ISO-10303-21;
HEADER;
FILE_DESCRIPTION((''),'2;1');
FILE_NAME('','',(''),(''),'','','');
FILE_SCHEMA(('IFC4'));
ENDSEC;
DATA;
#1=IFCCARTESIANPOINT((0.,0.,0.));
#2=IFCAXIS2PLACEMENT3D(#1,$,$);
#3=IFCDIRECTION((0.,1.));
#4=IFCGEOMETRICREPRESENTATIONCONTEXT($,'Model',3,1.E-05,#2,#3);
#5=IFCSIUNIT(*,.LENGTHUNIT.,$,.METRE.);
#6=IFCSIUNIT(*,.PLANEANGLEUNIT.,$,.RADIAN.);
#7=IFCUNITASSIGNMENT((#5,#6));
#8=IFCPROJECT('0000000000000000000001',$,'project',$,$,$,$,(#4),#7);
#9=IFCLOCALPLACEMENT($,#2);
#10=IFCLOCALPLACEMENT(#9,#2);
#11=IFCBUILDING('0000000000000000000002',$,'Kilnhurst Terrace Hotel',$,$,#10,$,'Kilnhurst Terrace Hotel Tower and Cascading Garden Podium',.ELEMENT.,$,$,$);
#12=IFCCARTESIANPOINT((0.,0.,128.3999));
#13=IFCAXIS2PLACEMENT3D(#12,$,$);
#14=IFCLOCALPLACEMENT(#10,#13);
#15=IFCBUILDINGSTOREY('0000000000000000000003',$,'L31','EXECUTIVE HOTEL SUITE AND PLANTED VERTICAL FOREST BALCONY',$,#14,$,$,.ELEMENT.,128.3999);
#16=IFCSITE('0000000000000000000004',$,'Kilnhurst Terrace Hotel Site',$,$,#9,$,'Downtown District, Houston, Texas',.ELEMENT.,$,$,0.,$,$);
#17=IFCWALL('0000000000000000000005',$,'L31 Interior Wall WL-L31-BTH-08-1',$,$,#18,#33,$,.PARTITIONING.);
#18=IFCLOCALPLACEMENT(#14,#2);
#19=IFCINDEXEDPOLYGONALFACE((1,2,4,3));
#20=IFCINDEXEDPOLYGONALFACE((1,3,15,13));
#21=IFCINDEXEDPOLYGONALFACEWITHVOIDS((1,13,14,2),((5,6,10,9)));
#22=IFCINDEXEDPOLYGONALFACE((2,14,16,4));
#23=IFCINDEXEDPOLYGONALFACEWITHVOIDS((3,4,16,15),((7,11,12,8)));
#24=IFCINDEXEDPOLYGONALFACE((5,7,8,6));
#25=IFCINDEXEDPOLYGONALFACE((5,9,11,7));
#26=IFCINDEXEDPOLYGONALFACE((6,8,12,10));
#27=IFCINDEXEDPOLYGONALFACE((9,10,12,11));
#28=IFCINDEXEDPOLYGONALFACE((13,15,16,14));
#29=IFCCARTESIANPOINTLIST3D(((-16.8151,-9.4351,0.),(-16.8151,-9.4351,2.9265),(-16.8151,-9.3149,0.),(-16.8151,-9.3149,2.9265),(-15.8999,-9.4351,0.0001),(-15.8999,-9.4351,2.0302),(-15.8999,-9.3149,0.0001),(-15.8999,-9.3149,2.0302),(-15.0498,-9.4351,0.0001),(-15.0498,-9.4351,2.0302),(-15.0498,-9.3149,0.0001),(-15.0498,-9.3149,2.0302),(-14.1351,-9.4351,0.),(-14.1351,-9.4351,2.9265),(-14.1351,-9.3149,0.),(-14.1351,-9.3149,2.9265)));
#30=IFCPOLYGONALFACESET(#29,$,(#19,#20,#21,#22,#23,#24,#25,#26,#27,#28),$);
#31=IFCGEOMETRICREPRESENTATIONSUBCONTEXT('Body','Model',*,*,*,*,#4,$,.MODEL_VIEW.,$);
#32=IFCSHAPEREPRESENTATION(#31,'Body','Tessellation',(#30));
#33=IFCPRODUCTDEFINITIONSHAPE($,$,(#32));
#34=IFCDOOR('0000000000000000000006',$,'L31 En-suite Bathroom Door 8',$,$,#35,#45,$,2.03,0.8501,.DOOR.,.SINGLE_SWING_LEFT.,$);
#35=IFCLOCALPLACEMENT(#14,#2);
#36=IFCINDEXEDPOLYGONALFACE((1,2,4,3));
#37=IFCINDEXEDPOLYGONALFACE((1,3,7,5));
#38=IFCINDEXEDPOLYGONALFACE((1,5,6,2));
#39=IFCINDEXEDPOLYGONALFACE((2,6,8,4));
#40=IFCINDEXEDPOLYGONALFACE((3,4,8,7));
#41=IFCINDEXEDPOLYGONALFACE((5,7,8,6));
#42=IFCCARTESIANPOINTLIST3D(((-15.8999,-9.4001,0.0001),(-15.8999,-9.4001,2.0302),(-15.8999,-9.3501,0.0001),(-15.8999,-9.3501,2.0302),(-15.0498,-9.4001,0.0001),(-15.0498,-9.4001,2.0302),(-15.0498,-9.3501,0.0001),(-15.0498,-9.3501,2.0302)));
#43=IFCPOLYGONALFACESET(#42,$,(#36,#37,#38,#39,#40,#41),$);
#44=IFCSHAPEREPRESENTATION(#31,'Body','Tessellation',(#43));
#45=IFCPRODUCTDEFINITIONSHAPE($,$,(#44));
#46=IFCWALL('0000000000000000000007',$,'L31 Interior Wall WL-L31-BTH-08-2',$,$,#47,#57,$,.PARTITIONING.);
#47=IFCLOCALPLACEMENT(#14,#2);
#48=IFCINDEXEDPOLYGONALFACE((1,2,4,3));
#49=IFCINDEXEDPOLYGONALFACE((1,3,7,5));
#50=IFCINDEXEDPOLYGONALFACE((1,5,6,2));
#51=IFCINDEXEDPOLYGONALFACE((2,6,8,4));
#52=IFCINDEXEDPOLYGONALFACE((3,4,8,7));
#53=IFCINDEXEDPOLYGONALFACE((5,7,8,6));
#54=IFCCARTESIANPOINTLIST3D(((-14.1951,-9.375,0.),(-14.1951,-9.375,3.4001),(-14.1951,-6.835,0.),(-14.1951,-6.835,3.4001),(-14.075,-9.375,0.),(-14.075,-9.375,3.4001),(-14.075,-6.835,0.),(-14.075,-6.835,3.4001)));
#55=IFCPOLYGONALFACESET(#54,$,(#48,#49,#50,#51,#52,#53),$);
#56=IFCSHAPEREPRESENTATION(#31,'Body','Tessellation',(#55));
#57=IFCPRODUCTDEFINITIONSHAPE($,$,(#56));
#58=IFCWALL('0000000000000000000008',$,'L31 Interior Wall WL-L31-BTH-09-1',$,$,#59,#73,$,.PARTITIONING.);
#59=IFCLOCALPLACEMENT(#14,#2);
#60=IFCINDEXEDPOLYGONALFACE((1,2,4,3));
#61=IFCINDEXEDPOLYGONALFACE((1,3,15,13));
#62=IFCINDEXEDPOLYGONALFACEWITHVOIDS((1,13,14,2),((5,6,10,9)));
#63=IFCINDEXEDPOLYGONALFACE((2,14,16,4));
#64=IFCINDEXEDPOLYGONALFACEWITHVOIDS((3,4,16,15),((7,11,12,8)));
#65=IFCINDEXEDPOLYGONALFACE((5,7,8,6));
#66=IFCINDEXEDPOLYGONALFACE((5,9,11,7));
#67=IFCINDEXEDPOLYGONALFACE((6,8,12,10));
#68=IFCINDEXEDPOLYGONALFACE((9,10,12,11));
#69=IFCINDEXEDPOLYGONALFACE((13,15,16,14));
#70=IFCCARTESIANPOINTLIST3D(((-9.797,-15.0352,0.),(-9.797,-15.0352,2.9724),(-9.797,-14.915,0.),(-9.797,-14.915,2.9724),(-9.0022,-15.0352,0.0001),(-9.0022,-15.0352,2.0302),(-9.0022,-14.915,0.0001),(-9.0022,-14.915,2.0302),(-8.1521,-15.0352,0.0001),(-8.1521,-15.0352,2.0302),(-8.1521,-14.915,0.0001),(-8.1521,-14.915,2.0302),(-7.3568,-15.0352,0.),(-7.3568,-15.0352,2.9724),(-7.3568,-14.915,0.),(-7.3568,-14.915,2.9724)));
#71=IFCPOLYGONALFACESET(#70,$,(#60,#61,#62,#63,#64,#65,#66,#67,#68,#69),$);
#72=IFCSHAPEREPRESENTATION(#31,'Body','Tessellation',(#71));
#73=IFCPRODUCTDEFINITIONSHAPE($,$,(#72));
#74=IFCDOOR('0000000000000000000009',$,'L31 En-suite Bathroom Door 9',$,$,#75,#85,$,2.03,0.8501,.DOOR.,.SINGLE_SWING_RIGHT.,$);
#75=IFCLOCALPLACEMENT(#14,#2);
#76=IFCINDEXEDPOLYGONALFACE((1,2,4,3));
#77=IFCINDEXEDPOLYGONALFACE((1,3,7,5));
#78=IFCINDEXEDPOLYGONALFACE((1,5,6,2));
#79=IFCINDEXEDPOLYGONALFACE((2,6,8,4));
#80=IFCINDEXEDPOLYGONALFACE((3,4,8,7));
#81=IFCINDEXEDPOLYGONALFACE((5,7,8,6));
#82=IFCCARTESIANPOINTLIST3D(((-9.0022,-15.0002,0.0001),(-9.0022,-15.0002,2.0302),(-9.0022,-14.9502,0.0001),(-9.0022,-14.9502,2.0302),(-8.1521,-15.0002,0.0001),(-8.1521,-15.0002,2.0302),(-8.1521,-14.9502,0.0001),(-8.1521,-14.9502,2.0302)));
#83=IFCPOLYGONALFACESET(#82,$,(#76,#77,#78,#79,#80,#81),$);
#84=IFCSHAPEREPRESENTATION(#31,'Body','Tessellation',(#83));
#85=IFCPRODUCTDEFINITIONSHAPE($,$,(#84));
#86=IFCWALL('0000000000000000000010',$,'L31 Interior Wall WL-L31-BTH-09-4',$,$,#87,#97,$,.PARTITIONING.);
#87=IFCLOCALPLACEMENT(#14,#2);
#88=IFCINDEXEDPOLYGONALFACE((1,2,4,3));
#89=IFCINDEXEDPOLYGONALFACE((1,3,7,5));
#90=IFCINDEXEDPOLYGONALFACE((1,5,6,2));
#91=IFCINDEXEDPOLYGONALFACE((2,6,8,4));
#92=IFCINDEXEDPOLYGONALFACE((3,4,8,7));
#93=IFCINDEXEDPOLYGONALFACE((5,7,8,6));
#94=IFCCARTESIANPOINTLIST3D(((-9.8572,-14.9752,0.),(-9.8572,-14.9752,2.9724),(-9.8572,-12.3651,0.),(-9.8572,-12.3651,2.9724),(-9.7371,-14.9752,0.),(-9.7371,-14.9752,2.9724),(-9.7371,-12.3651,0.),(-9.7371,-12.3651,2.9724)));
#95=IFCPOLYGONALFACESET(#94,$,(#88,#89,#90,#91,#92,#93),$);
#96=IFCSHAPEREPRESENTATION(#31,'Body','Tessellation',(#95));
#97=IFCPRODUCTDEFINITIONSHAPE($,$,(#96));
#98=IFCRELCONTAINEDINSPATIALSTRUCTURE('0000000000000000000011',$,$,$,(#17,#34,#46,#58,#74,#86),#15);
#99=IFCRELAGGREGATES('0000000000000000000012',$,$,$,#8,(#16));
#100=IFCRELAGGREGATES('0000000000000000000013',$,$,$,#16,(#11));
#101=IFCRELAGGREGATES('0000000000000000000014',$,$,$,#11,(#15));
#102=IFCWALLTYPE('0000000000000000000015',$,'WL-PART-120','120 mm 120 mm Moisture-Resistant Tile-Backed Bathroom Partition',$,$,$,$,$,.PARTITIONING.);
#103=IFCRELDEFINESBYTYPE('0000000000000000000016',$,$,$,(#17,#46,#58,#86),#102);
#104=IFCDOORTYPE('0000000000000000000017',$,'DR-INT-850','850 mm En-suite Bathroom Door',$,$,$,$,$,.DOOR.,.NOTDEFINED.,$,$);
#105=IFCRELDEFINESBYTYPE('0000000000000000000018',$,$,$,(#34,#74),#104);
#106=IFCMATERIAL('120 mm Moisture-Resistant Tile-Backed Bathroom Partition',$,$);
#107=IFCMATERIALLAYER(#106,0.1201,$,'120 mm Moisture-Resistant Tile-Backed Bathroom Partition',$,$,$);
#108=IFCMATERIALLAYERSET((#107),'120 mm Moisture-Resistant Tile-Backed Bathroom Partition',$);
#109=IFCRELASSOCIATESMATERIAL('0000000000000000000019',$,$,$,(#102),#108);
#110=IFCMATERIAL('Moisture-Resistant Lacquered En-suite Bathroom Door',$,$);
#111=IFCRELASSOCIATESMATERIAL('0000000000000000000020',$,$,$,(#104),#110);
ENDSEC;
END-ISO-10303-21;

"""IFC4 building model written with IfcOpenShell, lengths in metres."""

from ifc_helpers import new_model, si_unit, direction, frame, frame_2d, origin, place, context, subcontext, project, spatial, rectangle, extrude, material, layer, layer_set, type_object, element, fill, save


model = new_model("IFC4")

# Units and contexts
model_context = context("Model", 3, precision=1e-05, world=origin(), true_north=direction((0.0, 1.0)))
body_context = subcontext(model_context, "Body", "Model", "MODEL_VIEW")
ifc_project = project(units=[si_unit("LENGTHUNIT", "METRE"), si_unit("PLANEANGLEUNIT", "RADIAN")], contexts=[model_context])

# Site, building, storey
site_placement = place(None, origin())
site = spatial("IfcSite", under=ifc_project, at=site_placement, Name="Kilnhurst Terrace Hotel Site", LongName="Downtown District, Houston, Texas", CompositionType="ELEMENT", RefElevation=0.0)
building_placement = place(site_placement, origin())
building = spatial("IfcBuilding", under=site, at=building_placement, Name="Kilnhurst Terrace Hotel", LongName="Kilnhurst Terrace Hotel Tower and Cascading Garden Podium", CompositionType="ELEMENT")
storey_placement = place(building_placement, frame((0.0, 0.0, 128.3999)))
storey = spatial("IfcBuildingStorey", under=building, at=storey_placement, Name="L31", Description="EXECUTIVE HOTEL SUITE AND PLANTED VERTICAL FOREST BALCONY", CompositionType="ELEMENT", Elevation=128.3999)

# Wall, opening, door
ifc_material_1 = material(Name="120 mm Moisture-Resistant Tile-Backed Bathroom Partition")
ifc_layer_1 = layer(ifc_material_1, 0.1201, Name="120 mm Moisture-Resistant Tile-Backed Bathroom Partition")
ifc_layer_set_1 = layer_set([ifc_layer_1], Name="120 mm Moisture-Resistant Tile-Backed Bathroom Partition")
wall_type_1 = type_object("IfcWallType", Name="WL-PART-120", Description="120 mm 120 mm Moisture-Resistant Tile-Backed Bathroom Partition", PredefinedType="PARTITIONING", material=ifc_layer_set_1)
wall_1_placement = place(storey_placement, frame((-16.8149, -9.375, 0.0), z_axis=(0.0, 0.0, 1.0), x_axis=(1.0, 0.0, 0.0)))
wall_1 = element("IfcWall", 1, at=wall_1_placement, inside=storey, type_object=wall_type_1, Name="L31 Interior Wall WL-L31-BTH-08-1", PredefinedType="PARTITIONING", context=body_context, shape_type="SweptSolid", body=[
    extrude(rectangle(XDim=2.6799, YDim=0.1201, at=frame_2d((1.3398, 0.0))), origin(), (0.0, 0.0, 1.0), 2.9265),
])
opening_1_placement = place(wall_1_placement, frame((0.915, 0.0, 0.0)))
opening_1 = element("IfcOpeningElement", 2, at=opening_1_placement, cuts=wall_1, PredefinedType="OPENING", context=body_context, shape_type="SweptSolid", body=[
    extrude(rectangle(XDim=0.8501, YDim=2.03, at=frame_2d((0.425, 1.0151))), frame((0.0, 0.0701, 0.0), z_axis=(0.0, -1.0, 0.0), x_axis=(1.0, 0.0, 0.0)), (0.0, 0.0, 1.0), 0.1401),
])
ifc_material_2 = material(Name="Moisture-Resistant Lacquered En-suite Bathroom Door")
door_type_1 = type_object("IfcDoorType", Name="DR-INT-850", Description="850 mm En-suite Bathroom Door", OperationType="NOTDEFINED", PredefinedType="DOOR", material=ifc_material_2)
door_1_placement = place(opening_1_placement, origin())
door_1 = element("IfcDoor", 3, at=door_1_placement, inside=storey, type_object=door_type_1, Name="L31 En-suite Bathroom Door 8", OperationType="SINGLE_SWING_LEFT", OverallHeight=2.03, OverallWidth=0.8501, PredefinedType="DOOR", context=body_context, shape_type="SweptSolid", body=[
    extrude(rectangle(XDim=0.8501, YDim=2.03, at=frame_2d((0.425, 1.0151))), frame((0.0, 0.0249, 0.0), z_axis=(0.0, -1.0, 0.0), x_axis=(1.0, 0.0, 0.0)), (0.0, 0.0, 1.0), 0.05),
])
fill(opening_1, door_1)

# Wall
wall_2_placement = place(storey_placement, frame((-14.135, -9.375, 0.0), z_axis=(0.0, 0.0, 1.0), x_axis=(0.0, 1.0, 0.0)))
element("IfcWall", 4, at=wall_2_placement, inside=storey, type_object=wall_type_1, Name="L31 Interior Wall WL-L31-BTH-08-2", PredefinedType="PARTITIONING", context=body_context, shape_type="SweptSolid", body=[
    extrude(rectangle(XDim=2.54, YDim=0.1201, at=frame_2d((1.27, 0.0))), origin(), (0.0, 0.0, 1.0), 3.4001),
])

# Wall, opening, door
wall_3_placement = place(storey_placement, frame((-9.7971, -14.9751, 0.0), z_axis=(0.0, 0.0, 1.0), x_axis=(1.0, 0.0, 0.0)))
wall_3 = element("IfcWall", 5, at=wall_3_placement, inside=storey, type_object=wall_type_1, Name="L31 Interior Wall WL-L31-BTH-09-1", PredefinedType="PARTITIONING", context=body_context, shape_type="SweptSolid", body=[
    extrude(rectangle(XDim=2.4402, YDim=0.1201, at=frame_2d((1.2202, 0.0))), origin(), (0.0, 0.0, 1.0), 2.9724),
])
opening_2_placement = place(wall_3_placement, frame((0.7949, 0.0, 0.0)))
opening_2 = element("IfcOpeningElement", 6, at=opening_2_placement, cuts=wall_3, PredefinedType="OPENING", context=body_context, shape_type="SweptSolid", body=[
    extrude(rectangle(XDim=0.8501, YDim=2.03, at=frame_2d((0.425, 1.0151))), frame((0.0, 0.0701, 0.0), z_axis=(0.0, -1.0, 0.0), x_axis=(1.0, 0.0, 0.0)), (0.0, 0.0, 1.0), 0.1401),
])
door_2_placement = place(opening_2_placement, origin())
door_2 = element("IfcDoor", 7, at=door_2_placement, inside=storey, type_object=door_type_1, Name="L31 En-suite Bathroom Door 9", OperationType="SINGLE_SWING_RIGHT", OverallHeight=2.03, OverallWidth=0.8501, PredefinedType="DOOR", context=body_context, shape_type="SweptSolid", body=[
    extrude(rectangle(XDim=0.8501, YDim=2.03, at=frame_2d((0.425, 1.0151))), frame((0.0, 0.0249, 0.0), z_axis=(0.0, -1.0, 0.0), x_axis=(1.0, 0.0, 0.0)), (0.0, 0.0, 1.0), 0.05),
])
fill(opening_2, door_2)

# Wall
wall_4_placement = place(storey_placement, frame((-9.7971, -12.365, 0.0), z_axis=(0.0, 0.0, 1.0), x_axis=(0.0, -1.0, 0.0)))
element("IfcWall", 8, at=wall_4_placement, inside=storey, type_object=wall_type_1, Name="L31 Interior Wall WL-L31-BTH-09-4", PredefinedType="PARTITIONING", context=body_context, shape_type="SweptSolid", body=[
    extrude(rectangle(XDim=2.6101, YDim=0.1201, at=frame_2d((1.3052, 0.0))), origin(), (0.0, 0.0, 1.0), 2.9724),
])

save(model, "model.ifc")
